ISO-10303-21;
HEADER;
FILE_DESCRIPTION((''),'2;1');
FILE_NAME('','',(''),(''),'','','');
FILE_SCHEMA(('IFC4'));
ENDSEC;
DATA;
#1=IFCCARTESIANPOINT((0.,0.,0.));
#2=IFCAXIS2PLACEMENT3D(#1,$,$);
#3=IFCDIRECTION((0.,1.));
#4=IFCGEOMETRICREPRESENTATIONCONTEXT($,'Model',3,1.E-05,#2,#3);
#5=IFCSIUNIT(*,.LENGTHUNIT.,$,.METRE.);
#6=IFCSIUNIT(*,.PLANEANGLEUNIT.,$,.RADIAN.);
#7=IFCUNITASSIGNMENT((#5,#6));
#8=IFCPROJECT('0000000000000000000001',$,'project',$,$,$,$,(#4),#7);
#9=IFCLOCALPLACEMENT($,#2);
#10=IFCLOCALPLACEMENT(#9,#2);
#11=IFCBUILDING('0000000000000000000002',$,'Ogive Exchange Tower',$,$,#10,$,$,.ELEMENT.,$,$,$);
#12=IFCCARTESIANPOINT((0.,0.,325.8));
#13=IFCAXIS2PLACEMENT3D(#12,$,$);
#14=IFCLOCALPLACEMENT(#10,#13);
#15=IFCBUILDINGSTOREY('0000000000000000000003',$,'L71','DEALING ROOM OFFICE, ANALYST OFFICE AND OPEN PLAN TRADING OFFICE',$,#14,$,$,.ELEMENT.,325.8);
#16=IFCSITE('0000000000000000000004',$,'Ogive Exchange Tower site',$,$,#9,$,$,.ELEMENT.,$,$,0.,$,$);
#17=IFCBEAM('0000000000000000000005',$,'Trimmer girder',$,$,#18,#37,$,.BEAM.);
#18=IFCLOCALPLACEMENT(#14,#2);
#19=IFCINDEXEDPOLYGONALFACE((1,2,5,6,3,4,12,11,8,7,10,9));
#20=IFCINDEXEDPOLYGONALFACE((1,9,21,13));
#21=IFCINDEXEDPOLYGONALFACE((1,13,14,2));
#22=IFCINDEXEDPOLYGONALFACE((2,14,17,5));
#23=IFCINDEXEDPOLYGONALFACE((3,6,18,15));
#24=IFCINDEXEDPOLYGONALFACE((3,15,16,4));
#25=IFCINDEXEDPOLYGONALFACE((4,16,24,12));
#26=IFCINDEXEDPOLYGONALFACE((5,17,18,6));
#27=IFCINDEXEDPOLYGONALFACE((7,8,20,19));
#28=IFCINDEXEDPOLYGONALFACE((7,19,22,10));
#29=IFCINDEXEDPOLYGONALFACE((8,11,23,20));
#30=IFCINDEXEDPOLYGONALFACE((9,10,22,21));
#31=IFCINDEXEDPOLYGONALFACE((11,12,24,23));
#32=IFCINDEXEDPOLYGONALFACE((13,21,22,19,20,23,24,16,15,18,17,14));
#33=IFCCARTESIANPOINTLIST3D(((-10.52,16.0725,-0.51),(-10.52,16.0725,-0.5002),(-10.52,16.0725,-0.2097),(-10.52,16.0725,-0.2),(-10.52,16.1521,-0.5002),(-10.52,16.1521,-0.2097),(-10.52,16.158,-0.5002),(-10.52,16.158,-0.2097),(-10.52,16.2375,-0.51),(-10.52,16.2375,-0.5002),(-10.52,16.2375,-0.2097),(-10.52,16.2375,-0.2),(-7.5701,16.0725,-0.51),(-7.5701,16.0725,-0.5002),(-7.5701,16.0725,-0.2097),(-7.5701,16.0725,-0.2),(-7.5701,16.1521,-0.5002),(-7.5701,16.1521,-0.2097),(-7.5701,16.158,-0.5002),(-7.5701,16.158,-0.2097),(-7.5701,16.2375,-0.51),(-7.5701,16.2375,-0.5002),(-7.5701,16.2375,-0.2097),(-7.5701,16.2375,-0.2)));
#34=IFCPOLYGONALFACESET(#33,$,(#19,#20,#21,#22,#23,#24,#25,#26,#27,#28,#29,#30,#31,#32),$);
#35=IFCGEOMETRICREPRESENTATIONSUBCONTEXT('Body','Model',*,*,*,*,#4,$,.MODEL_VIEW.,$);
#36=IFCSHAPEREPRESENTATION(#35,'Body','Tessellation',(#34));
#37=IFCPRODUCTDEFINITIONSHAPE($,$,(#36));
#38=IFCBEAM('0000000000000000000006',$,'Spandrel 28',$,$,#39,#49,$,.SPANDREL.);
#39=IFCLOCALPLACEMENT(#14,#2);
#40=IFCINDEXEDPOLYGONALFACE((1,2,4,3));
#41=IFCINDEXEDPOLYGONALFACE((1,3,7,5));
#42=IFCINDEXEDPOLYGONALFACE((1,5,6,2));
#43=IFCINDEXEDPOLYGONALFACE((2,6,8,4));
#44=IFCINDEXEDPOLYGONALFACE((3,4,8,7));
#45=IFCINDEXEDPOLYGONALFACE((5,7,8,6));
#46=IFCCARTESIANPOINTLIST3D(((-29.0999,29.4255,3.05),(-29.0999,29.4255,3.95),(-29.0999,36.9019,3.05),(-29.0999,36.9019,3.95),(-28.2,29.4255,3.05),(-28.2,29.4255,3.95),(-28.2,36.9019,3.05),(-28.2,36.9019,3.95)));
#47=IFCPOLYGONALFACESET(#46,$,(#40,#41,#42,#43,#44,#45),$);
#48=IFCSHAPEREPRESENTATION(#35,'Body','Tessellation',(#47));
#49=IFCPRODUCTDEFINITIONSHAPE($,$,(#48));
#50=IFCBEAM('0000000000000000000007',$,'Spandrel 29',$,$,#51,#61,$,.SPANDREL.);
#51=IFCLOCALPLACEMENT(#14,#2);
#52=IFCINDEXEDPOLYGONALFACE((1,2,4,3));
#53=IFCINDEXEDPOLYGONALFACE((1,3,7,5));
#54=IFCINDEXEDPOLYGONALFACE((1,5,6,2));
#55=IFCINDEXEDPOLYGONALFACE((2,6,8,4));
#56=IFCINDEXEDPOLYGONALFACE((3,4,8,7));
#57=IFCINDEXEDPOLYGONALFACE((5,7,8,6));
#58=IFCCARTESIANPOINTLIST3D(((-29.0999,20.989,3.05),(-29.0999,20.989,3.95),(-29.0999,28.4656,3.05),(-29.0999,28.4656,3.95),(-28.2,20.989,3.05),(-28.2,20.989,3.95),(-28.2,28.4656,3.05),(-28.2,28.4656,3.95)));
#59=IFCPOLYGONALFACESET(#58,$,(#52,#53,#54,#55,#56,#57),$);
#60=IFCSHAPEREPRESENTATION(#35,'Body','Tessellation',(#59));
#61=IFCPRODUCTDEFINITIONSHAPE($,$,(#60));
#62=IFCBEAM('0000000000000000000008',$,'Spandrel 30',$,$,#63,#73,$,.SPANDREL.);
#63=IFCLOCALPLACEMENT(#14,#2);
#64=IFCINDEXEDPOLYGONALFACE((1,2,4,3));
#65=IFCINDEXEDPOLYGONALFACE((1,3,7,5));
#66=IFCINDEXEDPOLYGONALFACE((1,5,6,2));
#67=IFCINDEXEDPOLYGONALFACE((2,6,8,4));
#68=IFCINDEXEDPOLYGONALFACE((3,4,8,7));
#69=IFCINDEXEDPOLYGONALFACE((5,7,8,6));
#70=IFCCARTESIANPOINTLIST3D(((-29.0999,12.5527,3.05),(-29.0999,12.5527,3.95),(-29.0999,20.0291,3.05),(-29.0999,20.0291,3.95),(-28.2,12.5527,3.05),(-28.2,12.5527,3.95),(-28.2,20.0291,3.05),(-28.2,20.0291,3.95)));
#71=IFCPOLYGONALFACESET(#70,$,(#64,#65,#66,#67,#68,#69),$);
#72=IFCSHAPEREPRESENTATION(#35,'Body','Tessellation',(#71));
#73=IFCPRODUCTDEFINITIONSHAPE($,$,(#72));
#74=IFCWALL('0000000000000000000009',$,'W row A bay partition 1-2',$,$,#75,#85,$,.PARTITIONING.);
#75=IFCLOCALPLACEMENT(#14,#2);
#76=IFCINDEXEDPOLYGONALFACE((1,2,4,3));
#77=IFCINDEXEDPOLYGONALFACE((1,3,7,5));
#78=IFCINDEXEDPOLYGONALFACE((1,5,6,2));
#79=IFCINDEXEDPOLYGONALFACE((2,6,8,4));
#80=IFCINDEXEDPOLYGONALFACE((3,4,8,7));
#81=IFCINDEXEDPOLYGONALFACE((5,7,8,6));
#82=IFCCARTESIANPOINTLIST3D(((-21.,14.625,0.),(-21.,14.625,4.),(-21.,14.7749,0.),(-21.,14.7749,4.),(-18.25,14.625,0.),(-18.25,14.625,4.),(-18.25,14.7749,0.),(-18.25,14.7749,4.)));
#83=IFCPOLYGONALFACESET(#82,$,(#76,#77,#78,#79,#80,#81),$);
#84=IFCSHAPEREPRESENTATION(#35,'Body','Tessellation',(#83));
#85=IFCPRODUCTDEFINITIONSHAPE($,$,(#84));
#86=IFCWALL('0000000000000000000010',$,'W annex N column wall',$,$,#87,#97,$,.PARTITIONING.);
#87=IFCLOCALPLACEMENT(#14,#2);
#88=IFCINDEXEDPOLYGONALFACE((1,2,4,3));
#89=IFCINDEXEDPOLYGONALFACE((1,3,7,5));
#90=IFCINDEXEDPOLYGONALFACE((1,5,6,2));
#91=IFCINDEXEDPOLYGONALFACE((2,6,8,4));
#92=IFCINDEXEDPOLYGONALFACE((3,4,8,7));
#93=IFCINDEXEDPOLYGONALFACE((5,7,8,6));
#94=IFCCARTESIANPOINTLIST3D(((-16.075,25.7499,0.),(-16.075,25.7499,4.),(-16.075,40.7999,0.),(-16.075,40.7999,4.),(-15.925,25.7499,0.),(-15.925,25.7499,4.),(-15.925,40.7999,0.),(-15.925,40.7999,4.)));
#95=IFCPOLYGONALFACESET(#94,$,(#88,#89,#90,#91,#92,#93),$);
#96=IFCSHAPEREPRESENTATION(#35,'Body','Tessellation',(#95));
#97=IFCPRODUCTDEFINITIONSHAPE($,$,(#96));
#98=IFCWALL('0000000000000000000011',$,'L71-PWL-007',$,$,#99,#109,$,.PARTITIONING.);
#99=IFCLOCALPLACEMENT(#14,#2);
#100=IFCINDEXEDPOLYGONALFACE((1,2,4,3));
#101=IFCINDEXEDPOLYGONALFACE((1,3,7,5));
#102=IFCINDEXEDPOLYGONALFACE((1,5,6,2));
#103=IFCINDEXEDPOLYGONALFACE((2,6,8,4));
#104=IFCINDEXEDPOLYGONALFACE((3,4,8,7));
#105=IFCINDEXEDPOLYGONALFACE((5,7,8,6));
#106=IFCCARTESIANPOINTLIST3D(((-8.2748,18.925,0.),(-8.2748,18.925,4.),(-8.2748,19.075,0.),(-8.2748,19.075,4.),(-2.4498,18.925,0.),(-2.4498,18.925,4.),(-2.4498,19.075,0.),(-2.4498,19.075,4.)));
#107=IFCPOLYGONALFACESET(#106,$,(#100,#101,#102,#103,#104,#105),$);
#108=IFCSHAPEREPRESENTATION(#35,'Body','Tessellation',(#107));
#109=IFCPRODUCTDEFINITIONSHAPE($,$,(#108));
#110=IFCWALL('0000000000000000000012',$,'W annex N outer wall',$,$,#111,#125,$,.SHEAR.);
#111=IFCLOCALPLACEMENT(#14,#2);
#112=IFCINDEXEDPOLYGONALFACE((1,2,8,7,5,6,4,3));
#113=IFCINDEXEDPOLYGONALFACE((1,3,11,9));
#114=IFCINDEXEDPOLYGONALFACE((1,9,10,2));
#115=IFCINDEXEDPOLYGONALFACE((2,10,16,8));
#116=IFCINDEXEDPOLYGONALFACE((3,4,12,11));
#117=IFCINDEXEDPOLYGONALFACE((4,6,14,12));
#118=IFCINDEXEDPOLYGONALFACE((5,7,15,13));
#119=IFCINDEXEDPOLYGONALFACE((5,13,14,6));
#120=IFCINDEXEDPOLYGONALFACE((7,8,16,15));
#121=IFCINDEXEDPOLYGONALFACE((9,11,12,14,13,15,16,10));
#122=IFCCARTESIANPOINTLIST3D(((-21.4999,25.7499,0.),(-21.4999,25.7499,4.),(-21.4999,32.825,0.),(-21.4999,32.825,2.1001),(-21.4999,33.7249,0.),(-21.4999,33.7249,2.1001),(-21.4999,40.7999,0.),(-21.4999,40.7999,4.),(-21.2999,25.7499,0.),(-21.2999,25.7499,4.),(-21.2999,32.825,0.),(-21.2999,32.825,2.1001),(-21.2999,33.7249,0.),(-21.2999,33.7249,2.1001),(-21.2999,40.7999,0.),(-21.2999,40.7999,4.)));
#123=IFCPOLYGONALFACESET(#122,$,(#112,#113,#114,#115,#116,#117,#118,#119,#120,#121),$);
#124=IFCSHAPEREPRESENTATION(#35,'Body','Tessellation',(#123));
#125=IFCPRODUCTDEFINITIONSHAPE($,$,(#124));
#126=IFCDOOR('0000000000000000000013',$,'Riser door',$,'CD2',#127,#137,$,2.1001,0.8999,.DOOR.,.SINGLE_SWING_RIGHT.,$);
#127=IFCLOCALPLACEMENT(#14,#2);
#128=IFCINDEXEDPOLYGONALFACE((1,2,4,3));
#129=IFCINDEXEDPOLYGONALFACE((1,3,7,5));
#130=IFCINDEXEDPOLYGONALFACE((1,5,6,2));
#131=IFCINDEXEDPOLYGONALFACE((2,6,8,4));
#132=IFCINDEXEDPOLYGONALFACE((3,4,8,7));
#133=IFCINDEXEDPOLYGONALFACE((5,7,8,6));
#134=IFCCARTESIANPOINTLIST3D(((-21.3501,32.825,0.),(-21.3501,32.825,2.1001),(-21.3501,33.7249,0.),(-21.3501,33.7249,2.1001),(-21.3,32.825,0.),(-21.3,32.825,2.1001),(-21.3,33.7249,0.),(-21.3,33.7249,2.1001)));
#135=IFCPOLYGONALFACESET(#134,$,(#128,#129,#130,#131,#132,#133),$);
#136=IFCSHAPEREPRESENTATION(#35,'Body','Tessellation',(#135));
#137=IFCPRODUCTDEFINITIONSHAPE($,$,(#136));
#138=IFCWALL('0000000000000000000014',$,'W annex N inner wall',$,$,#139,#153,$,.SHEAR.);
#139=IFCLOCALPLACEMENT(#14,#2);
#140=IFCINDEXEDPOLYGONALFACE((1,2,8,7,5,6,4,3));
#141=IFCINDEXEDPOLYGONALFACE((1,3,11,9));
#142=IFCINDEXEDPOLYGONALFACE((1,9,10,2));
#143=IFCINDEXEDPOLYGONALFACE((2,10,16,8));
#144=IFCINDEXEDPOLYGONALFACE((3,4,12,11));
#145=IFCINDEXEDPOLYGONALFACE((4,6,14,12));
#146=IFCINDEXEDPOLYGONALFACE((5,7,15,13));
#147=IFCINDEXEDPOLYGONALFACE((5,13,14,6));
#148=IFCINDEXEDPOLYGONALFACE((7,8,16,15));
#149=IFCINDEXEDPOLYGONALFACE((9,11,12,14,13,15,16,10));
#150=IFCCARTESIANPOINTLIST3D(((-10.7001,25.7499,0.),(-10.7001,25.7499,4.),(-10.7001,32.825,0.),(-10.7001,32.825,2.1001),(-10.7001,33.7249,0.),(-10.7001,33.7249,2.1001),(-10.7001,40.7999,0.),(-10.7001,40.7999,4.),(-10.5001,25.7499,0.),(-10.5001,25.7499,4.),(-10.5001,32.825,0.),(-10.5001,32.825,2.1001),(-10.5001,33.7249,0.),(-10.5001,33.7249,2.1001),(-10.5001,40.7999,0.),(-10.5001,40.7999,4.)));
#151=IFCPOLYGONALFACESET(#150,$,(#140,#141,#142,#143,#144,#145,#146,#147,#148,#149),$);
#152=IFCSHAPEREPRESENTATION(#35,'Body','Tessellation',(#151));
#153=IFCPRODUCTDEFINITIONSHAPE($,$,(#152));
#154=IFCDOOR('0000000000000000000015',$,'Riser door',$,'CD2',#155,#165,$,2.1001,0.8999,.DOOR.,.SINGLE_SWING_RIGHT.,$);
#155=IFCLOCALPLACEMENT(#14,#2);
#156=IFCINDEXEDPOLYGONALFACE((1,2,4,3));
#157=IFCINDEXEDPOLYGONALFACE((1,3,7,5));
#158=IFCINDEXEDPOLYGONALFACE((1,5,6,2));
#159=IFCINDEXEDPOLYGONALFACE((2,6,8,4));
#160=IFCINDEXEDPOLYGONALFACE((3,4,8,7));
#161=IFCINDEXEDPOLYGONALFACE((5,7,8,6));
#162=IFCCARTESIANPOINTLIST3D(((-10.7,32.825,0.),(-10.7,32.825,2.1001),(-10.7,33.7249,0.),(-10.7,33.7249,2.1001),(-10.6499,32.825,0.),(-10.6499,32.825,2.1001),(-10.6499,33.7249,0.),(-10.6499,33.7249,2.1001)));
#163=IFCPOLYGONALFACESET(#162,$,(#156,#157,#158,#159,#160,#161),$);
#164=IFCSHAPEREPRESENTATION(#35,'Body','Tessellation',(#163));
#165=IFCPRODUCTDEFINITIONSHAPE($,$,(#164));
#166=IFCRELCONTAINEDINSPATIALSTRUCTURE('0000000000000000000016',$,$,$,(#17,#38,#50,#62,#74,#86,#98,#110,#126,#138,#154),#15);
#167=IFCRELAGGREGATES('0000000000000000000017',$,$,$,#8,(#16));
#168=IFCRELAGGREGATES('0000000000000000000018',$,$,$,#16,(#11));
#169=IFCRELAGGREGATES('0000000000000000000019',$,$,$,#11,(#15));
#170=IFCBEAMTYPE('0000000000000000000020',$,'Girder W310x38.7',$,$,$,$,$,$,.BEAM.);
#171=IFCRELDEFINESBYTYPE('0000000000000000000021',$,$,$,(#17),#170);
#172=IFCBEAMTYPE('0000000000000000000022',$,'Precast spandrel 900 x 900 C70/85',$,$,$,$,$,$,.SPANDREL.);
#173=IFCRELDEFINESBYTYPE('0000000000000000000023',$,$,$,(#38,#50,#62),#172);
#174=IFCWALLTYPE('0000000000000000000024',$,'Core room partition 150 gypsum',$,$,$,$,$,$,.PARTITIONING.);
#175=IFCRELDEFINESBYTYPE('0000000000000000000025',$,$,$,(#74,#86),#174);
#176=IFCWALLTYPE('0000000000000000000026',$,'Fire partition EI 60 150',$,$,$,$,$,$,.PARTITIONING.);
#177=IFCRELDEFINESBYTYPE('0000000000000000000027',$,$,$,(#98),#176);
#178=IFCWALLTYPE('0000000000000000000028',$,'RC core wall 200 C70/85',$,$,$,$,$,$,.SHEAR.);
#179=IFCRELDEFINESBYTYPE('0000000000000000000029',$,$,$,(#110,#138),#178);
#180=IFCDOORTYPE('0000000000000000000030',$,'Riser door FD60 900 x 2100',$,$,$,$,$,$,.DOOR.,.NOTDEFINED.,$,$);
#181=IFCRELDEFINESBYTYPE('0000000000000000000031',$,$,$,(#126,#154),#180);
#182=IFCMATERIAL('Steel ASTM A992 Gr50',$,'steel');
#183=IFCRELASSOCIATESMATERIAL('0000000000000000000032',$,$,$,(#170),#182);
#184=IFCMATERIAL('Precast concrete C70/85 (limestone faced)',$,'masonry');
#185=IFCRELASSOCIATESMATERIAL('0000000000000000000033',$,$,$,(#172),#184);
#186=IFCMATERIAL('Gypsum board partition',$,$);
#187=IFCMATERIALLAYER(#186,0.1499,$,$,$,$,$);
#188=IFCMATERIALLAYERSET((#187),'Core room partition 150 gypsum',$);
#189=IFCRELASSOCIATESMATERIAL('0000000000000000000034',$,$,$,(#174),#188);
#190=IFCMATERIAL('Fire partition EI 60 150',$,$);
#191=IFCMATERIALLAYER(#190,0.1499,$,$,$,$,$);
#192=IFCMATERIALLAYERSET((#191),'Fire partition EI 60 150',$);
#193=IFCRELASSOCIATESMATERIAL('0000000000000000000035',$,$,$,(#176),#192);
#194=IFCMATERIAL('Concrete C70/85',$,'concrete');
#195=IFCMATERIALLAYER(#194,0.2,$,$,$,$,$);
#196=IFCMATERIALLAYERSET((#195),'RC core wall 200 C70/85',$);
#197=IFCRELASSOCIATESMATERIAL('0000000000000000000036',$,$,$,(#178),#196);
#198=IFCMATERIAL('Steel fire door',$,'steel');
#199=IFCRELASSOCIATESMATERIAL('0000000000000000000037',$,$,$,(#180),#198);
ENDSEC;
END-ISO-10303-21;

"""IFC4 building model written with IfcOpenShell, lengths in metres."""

from ifc_helpers import new_model, si_unit, direction, frame, frame_2d, origin, origin_2d, place, context, subcontext, project, spatial, rectangle, i_section, extrude, material, layer, layer_set, material_profile, profile_set, type_object, element, fill, save


model = new_model("IFC4")

# Units and contexts
model_context = context("Model", 3, precision=1e-05, world=origin(), true_north=direction((0.0, 1.0)))
body_context = subcontext(model_context, "Body", "Model", "MODEL_VIEW")
ifc_project = project(units=[si_unit("LENGTHUNIT", "METRE"), si_unit("PLANEANGLEUNIT", "RADIAN")], contexts=[model_context])

# Site, building, storey
site_placement = place(None, origin())
site = spatial("IfcSite", under=ifc_project, at=site_placement, Name="Ogive Exchange Tower site", CompositionType="ELEMENT", RefElevation=0.0)
building_placement = place(site_placement, origin())
building = spatial("IfcBuilding", under=site, at=building_placement, Name="Ogive Exchange Tower", CompositionType="ELEMENT")
storey_placement = place(building_placement, frame((0.0, 0.0, 325.8)))
storey = spatial("IfcBuildingStorey", under=building, at=storey_placement, Name="L71", Description="DEALING ROOM OFFICE, ANALYST OFFICE AND OPEN PLAN TRADING OFFICE", CompositionType="ELEMENT", Elevation=325.8)

# Shared definitions
ifc_material_1 = material(Name="Precast concrete C70/85 (limestone faced)", Category="masonry")

# Beams
ifc_material_2 = material(Name="Steel ASTM A992 Gr50", Category="steel")
ifc_material_profile_1 = material_profile(ifc_material_2, i_section(OverallWidth=0.165, OverallDepth=0.3101, WebThickness=0.0059, FlangeThickness=0.0098, at=origin_2d()), Name="W310x38.7")
ifc_profile_set_1 = profile_set([ifc_material_profile_1], Name="Steel ASTM A992 Gr50")
beam_type_1 = type_object("IfcBeamType", Name="Girder W310x38.7", PredefinedType="BEAM", material=ifc_profile_set_1)
beam_1_placement = place(storey_placement, frame((-10.52, 16.155, -0.355), z_axis=(1.0, 0.0, 0.0), x_axis=(0.0, 1.0, 0.0)))
element("IfcBeam", 1, at=beam_1_placement, inside=storey, type_object=beam_type_1, Name="Trimmer girder", PredefinedType="BEAM", context=body_context, shape_type="SweptSolid", body=[
    extrude(i_section(OverallWidth=0.165, OverallDepth=0.3101, WebThickness=0.0059, FlangeThickness=0.0098, at=origin_2d()), origin(), (0.0, 0.0, 1.0), 2.95),
])
ifc_material_profile_2 = material_profile(ifc_material_1, rectangle(XDim=0.8999, YDim=0.8999, at=origin_2d()), Name="900 x 900")
ifc_profile_set_2 = profile_set([ifc_material_profile_2], Name="Precast concrete C70/85 (limestone faced)")
beam_type_2 = type_object("IfcBeamType", Name="Precast spandrel 900 x 900 C70/85", PredefinedType="SPANDREL", material=ifc_profile_set_2)
beam_2_placement = place(storey_placement, frame((-28.6499, 36.9019, 3.5), z_axis=(0.0, -1.0, 0.0), x_axis=(1.0, 0.0, 0.0)))
element("IfcBeam", 2, at=beam_2_placement, inside=storey, type_object=beam_type_2, Name="Spandrel 28", PredefinedType="SPANDREL", context=body_context, shape_type="SweptSolid", body=[
    extrude(rectangle(XDim=0.8999, YDim=0.8999, at=origin_2d()), origin(), (0.0, 0.0, 1.0), 7.4763),
])
beam_3_placement = place(storey_placement, frame((-28.6499, 28.4656, 3.5), z_axis=(0.0, -1.0, 0.0), x_axis=(1.0, 0.0, 0.0)))
element("IfcBeam", 3, at=beam_3_placement, inside=storey, type_object=beam_type_2, Name="Spandrel 29", PredefinedType="SPANDREL", context=body_context, shape_type="SweptSolid", body=[
    extrude(rectangle(XDim=0.8999, YDim=0.8999, at=origin_2d()), origin(), (0.0, 0.0, 1.0), 7.4766),
])
beam_4_placement = place(storey_placement, frame((-28.6499, 20.0291, 3.5), z_axis=(0.0, -1.0, 0.0), x_axis=(1.0, 0.0, 0.0)))
element("IfcBeam", 4, at=beam_4_placement, inside=storey, type_object=beam_type_2, Name="Spandrel 30", PredefinedType="SPANDREL", context=body_context, shape_type="SweptSolid", body=[
    extrude(rectangle(XDim=0.8999, YDim=0.8999, at=origin_2d()), origin(), (0.0, 0.0, 1.0), 7.4763),
])

# Walls
ifc_material_3 = material(Name="Gypsum board partition")
ifc_layer_1 = layer(ifc_material_3, 0.1499)
ifc_layer_set_1 = layer_set([ifc_layer_1], Name="Core room partition 150 gypsum")
wall_type_1 = type_object("IfcWallType", Name="Core room partition 150 gypsum", PredefinedType="PARTITIONING", material=ifc_layer_set_1)
wall_1_placement = place(storey_placement, frame((-21.0, 14.7, 0.0), z_axis=(0.0, 0.0, 1.0), x_axis=(1.0, 0.0, 0.0)))
element("IfcWall", 5, at=wall_1_placement, inside=storey, type_object=wall_type_1, Name="W row A bay partition 1-2", PredefinedType="PARTITIONING", context=body_context, shape_type="SweptSolid", body=[
    extrude(rectangle(XDim=2.75, YDim=0.1499, at=frame_2d((1.375, 0.0))), origin(), (0.0, 0.0, 1.0), 4.0),
])
wall_2_placement = place(storey_placement, frame((-16.0, 25.75, 0.0), z_axis=(0.0, 0.0, 1.0), x_axis=(0.0, 1.0, 0.0)))
element("IfcWall", 6, at=wall_2_placement, inside=storey, type_object=wall_type_1, Name="W annex N column wall", PredefinedType="PARTITIONING", context=body_context, shape_type="SweptSolid", body=[
    extrude(rectangle(XDim=15.05, YDim=0.1499, at=frame_2d((7.5249, 0.0))), origin(), (0.0, 0.0, 1.0), 4.0),
])
ifc_material_4 = material(Name="Fire partition EI 60 150")
ifc_layer_2 = layer(ifc_material_4, 0.1499)
ifc_layer_set_2 = layer_set([ifc_layer_2], Name="Fire partition EI 60 150")
wall_type_2 = type_object("IfcWallType", Name="Fire partition EI 60 150", PredefinedType="PARTITIONING", material=ifc_layer_set_2)
wall_3_placement = place(storey_placement, frame((-8.2749, 19.0, 0.0), z_axis=(0.0, 0.0, 1.0), x_axis=(1.0, 0.0, 0.0)))
element("IfcWall", 7, at=wall_3_placement, inside=storey, type_object=wall_type_2, Name="L71-PWL-007", PredefinedType="PARTITIONING", context=body_context, shape_type="SweptSolid", body=[
    extrude(rectangle(XDim=5.825, YDim=0.1499, at=frame_2d((2.9126, 0.0))), origin(), (0.0, 0.0, 1.0), 4.0),
])

# Walls, openings, doors
ifc_material_5 = material(Name="Concrete C70/85", Category="concrete")
ifc_layer_3 = layer(ifc_material_5, 0.2)
ifc_layer_set_3 = layer_set([ifc_layer_3], Name="RC core wall 200 C70/85")
wall_type_3 = type_object("IfcWallType", Name="RC core wall 200 C70/85", PredefinedType="SHEAR", material=ifc_layer_set_3)
wall_4_placement = place(storey_placement, frame((-21.3999, 25.75, 0.0), z_axis=(0.0, 0.0, 1.0), x_axis=(0.0, 1.0, 0.0)))
wall_4 = element("IfcWall", 8, at=wall_4_placement, inside=storey, type_object=wall_type_3, Name="W annex N outer wall", PredefinedType="SHEAR", context=body_context, shape_type="SweptSolid", body=[
    extrude(rectangle(XDim=15.05, YDim=0.2, at=frame_2d((7.5249, 0.0))), origin(), (0.0, 0.0, 1.0), 4.0),
])
opening_1_placement = place(wall_4_placement, frame((7.075, 0.0, 0.0)))
opening_1 = element("IfcOpeningElement", 9, at=opening_1_placement, cuts=wall_4, PredefinedType="OPENING", context=body_context, shape_type="SweptSolid", body=[
    extrude(rectangle(XDim=0.8999, YDim=2.1001, at=frame_2d((0.45, 1.05))), frame((0.0, 0.1099, 0.0), z_axis=(0.0, -1.0, 0.0), x_axis=(1.0, 0.0, 0.0)), (0.0, 0.0, 1.0), 0.22),
])
ifc_material_6 = material(Name="Steel fire door", Category="steel")
door_type_1 = type_object("IfcDoorType", Name="Riser door FD60 900 x 2100", OperationType="NOTDEFINED", PredefinedType="DOOR", material=ifc_material_6)
door_1_placement = place(opening_1_placement, origin())
door_1 = element("IfcDoor", 10, at=door_1_placement, inside=storey, type_object=door_type_1, Name="Riser door", ObjectType="CD2", OperationType="SINGLE_SWING_RIGHT", OverallHeight=2.1001, OverallWidth=0.8999, PredefinedType="DOOR", context=body_context, shape_type="SweptSolid", body=[
    extrude(rectangle(XDim=0.8999, YDim=2.1001, at=frame_2d((0.45, 1.05))), frame((0.0, -0.0498, 0.0), z_axis=(0.0, -1.0, 0.0), x_axis=(1.0, 0.0, 0.0)), (0.0, 0.0, 1.0), 0.05),
])
fill(opening_1, door_1)
wall_5_placement = place(storey_placement, frame((-10.6001, 25.75, 0.0), z_axis=(0.0, 0.0, 1.0), x_axis=(0.0, 1.0, 0.0)))
wall_5 = element("IfcWall", 11, at=wall_5_placement, inside=storey, type_object=wall_type_3, Name="W annex N inner wall", PredefinedType="SHEAR", context=body_context, shape_type="SweptSolid", body=[
    extrude(rectangle(XDim=15.05, YDim=0.2, at=frame_2d((7.5249, 0.0))), origin(), (0.0, 0.0, 1.0), 4.0),
])
opening_2_placement = place(wall_5_placement, frame((7.075, 0.0, 0.0)))
opening_2 = element("IfcOpeningElement", 12, at=opening_2_placement, cuts=wall_5, PredefinedType="OPENING", context=body_context, shape_type="SweptSolid", body=[
    extrude(rectangle(XDim=0.8999, YDim=2.1001, at=frame_2d((0.45, 1.05))), frame((0.0, 0.1099, 0.0), z_axis=(0.0, -1.0, 0.0), x_axis=(1.0, 0.0, 0.0)), (0.0, 0.0, 1.0), 0.22),
])
door_2_placement = place(opening_2_placement, frame((0.8999, 0.1499, 0.0), z_axis=(0.0, 0.0, 1.0), x_axis=(-1.0, 0.0, 0.0)))
door_2 = element("IfcDoor", 13, at=door_2_placement, inside=storey, type_object=door_type_1, Name="Riser door", ObjectType="CD2", OperationType="SINGLE_SWING_RIGHT", OverallHeight=2.1001, OverallWidth=0.8999, PredefinedType="DOOR", context=body_context, shape_type="SweptSolid", body=[
    extrude(rectangle(XDim=0.8999, YDim=2.1001, at=frame_2d((0.45, 1.05))), frame((0.0, 0.1001, 0.0), z_axis=(0.0, -1.0, 0.0), x_axis=(1.0, 0.0, 0.0)), (0.0, 0.0, 1.0), 0.05),
])
fill(opening_2, door_2)

save(model, "model.ifc")
